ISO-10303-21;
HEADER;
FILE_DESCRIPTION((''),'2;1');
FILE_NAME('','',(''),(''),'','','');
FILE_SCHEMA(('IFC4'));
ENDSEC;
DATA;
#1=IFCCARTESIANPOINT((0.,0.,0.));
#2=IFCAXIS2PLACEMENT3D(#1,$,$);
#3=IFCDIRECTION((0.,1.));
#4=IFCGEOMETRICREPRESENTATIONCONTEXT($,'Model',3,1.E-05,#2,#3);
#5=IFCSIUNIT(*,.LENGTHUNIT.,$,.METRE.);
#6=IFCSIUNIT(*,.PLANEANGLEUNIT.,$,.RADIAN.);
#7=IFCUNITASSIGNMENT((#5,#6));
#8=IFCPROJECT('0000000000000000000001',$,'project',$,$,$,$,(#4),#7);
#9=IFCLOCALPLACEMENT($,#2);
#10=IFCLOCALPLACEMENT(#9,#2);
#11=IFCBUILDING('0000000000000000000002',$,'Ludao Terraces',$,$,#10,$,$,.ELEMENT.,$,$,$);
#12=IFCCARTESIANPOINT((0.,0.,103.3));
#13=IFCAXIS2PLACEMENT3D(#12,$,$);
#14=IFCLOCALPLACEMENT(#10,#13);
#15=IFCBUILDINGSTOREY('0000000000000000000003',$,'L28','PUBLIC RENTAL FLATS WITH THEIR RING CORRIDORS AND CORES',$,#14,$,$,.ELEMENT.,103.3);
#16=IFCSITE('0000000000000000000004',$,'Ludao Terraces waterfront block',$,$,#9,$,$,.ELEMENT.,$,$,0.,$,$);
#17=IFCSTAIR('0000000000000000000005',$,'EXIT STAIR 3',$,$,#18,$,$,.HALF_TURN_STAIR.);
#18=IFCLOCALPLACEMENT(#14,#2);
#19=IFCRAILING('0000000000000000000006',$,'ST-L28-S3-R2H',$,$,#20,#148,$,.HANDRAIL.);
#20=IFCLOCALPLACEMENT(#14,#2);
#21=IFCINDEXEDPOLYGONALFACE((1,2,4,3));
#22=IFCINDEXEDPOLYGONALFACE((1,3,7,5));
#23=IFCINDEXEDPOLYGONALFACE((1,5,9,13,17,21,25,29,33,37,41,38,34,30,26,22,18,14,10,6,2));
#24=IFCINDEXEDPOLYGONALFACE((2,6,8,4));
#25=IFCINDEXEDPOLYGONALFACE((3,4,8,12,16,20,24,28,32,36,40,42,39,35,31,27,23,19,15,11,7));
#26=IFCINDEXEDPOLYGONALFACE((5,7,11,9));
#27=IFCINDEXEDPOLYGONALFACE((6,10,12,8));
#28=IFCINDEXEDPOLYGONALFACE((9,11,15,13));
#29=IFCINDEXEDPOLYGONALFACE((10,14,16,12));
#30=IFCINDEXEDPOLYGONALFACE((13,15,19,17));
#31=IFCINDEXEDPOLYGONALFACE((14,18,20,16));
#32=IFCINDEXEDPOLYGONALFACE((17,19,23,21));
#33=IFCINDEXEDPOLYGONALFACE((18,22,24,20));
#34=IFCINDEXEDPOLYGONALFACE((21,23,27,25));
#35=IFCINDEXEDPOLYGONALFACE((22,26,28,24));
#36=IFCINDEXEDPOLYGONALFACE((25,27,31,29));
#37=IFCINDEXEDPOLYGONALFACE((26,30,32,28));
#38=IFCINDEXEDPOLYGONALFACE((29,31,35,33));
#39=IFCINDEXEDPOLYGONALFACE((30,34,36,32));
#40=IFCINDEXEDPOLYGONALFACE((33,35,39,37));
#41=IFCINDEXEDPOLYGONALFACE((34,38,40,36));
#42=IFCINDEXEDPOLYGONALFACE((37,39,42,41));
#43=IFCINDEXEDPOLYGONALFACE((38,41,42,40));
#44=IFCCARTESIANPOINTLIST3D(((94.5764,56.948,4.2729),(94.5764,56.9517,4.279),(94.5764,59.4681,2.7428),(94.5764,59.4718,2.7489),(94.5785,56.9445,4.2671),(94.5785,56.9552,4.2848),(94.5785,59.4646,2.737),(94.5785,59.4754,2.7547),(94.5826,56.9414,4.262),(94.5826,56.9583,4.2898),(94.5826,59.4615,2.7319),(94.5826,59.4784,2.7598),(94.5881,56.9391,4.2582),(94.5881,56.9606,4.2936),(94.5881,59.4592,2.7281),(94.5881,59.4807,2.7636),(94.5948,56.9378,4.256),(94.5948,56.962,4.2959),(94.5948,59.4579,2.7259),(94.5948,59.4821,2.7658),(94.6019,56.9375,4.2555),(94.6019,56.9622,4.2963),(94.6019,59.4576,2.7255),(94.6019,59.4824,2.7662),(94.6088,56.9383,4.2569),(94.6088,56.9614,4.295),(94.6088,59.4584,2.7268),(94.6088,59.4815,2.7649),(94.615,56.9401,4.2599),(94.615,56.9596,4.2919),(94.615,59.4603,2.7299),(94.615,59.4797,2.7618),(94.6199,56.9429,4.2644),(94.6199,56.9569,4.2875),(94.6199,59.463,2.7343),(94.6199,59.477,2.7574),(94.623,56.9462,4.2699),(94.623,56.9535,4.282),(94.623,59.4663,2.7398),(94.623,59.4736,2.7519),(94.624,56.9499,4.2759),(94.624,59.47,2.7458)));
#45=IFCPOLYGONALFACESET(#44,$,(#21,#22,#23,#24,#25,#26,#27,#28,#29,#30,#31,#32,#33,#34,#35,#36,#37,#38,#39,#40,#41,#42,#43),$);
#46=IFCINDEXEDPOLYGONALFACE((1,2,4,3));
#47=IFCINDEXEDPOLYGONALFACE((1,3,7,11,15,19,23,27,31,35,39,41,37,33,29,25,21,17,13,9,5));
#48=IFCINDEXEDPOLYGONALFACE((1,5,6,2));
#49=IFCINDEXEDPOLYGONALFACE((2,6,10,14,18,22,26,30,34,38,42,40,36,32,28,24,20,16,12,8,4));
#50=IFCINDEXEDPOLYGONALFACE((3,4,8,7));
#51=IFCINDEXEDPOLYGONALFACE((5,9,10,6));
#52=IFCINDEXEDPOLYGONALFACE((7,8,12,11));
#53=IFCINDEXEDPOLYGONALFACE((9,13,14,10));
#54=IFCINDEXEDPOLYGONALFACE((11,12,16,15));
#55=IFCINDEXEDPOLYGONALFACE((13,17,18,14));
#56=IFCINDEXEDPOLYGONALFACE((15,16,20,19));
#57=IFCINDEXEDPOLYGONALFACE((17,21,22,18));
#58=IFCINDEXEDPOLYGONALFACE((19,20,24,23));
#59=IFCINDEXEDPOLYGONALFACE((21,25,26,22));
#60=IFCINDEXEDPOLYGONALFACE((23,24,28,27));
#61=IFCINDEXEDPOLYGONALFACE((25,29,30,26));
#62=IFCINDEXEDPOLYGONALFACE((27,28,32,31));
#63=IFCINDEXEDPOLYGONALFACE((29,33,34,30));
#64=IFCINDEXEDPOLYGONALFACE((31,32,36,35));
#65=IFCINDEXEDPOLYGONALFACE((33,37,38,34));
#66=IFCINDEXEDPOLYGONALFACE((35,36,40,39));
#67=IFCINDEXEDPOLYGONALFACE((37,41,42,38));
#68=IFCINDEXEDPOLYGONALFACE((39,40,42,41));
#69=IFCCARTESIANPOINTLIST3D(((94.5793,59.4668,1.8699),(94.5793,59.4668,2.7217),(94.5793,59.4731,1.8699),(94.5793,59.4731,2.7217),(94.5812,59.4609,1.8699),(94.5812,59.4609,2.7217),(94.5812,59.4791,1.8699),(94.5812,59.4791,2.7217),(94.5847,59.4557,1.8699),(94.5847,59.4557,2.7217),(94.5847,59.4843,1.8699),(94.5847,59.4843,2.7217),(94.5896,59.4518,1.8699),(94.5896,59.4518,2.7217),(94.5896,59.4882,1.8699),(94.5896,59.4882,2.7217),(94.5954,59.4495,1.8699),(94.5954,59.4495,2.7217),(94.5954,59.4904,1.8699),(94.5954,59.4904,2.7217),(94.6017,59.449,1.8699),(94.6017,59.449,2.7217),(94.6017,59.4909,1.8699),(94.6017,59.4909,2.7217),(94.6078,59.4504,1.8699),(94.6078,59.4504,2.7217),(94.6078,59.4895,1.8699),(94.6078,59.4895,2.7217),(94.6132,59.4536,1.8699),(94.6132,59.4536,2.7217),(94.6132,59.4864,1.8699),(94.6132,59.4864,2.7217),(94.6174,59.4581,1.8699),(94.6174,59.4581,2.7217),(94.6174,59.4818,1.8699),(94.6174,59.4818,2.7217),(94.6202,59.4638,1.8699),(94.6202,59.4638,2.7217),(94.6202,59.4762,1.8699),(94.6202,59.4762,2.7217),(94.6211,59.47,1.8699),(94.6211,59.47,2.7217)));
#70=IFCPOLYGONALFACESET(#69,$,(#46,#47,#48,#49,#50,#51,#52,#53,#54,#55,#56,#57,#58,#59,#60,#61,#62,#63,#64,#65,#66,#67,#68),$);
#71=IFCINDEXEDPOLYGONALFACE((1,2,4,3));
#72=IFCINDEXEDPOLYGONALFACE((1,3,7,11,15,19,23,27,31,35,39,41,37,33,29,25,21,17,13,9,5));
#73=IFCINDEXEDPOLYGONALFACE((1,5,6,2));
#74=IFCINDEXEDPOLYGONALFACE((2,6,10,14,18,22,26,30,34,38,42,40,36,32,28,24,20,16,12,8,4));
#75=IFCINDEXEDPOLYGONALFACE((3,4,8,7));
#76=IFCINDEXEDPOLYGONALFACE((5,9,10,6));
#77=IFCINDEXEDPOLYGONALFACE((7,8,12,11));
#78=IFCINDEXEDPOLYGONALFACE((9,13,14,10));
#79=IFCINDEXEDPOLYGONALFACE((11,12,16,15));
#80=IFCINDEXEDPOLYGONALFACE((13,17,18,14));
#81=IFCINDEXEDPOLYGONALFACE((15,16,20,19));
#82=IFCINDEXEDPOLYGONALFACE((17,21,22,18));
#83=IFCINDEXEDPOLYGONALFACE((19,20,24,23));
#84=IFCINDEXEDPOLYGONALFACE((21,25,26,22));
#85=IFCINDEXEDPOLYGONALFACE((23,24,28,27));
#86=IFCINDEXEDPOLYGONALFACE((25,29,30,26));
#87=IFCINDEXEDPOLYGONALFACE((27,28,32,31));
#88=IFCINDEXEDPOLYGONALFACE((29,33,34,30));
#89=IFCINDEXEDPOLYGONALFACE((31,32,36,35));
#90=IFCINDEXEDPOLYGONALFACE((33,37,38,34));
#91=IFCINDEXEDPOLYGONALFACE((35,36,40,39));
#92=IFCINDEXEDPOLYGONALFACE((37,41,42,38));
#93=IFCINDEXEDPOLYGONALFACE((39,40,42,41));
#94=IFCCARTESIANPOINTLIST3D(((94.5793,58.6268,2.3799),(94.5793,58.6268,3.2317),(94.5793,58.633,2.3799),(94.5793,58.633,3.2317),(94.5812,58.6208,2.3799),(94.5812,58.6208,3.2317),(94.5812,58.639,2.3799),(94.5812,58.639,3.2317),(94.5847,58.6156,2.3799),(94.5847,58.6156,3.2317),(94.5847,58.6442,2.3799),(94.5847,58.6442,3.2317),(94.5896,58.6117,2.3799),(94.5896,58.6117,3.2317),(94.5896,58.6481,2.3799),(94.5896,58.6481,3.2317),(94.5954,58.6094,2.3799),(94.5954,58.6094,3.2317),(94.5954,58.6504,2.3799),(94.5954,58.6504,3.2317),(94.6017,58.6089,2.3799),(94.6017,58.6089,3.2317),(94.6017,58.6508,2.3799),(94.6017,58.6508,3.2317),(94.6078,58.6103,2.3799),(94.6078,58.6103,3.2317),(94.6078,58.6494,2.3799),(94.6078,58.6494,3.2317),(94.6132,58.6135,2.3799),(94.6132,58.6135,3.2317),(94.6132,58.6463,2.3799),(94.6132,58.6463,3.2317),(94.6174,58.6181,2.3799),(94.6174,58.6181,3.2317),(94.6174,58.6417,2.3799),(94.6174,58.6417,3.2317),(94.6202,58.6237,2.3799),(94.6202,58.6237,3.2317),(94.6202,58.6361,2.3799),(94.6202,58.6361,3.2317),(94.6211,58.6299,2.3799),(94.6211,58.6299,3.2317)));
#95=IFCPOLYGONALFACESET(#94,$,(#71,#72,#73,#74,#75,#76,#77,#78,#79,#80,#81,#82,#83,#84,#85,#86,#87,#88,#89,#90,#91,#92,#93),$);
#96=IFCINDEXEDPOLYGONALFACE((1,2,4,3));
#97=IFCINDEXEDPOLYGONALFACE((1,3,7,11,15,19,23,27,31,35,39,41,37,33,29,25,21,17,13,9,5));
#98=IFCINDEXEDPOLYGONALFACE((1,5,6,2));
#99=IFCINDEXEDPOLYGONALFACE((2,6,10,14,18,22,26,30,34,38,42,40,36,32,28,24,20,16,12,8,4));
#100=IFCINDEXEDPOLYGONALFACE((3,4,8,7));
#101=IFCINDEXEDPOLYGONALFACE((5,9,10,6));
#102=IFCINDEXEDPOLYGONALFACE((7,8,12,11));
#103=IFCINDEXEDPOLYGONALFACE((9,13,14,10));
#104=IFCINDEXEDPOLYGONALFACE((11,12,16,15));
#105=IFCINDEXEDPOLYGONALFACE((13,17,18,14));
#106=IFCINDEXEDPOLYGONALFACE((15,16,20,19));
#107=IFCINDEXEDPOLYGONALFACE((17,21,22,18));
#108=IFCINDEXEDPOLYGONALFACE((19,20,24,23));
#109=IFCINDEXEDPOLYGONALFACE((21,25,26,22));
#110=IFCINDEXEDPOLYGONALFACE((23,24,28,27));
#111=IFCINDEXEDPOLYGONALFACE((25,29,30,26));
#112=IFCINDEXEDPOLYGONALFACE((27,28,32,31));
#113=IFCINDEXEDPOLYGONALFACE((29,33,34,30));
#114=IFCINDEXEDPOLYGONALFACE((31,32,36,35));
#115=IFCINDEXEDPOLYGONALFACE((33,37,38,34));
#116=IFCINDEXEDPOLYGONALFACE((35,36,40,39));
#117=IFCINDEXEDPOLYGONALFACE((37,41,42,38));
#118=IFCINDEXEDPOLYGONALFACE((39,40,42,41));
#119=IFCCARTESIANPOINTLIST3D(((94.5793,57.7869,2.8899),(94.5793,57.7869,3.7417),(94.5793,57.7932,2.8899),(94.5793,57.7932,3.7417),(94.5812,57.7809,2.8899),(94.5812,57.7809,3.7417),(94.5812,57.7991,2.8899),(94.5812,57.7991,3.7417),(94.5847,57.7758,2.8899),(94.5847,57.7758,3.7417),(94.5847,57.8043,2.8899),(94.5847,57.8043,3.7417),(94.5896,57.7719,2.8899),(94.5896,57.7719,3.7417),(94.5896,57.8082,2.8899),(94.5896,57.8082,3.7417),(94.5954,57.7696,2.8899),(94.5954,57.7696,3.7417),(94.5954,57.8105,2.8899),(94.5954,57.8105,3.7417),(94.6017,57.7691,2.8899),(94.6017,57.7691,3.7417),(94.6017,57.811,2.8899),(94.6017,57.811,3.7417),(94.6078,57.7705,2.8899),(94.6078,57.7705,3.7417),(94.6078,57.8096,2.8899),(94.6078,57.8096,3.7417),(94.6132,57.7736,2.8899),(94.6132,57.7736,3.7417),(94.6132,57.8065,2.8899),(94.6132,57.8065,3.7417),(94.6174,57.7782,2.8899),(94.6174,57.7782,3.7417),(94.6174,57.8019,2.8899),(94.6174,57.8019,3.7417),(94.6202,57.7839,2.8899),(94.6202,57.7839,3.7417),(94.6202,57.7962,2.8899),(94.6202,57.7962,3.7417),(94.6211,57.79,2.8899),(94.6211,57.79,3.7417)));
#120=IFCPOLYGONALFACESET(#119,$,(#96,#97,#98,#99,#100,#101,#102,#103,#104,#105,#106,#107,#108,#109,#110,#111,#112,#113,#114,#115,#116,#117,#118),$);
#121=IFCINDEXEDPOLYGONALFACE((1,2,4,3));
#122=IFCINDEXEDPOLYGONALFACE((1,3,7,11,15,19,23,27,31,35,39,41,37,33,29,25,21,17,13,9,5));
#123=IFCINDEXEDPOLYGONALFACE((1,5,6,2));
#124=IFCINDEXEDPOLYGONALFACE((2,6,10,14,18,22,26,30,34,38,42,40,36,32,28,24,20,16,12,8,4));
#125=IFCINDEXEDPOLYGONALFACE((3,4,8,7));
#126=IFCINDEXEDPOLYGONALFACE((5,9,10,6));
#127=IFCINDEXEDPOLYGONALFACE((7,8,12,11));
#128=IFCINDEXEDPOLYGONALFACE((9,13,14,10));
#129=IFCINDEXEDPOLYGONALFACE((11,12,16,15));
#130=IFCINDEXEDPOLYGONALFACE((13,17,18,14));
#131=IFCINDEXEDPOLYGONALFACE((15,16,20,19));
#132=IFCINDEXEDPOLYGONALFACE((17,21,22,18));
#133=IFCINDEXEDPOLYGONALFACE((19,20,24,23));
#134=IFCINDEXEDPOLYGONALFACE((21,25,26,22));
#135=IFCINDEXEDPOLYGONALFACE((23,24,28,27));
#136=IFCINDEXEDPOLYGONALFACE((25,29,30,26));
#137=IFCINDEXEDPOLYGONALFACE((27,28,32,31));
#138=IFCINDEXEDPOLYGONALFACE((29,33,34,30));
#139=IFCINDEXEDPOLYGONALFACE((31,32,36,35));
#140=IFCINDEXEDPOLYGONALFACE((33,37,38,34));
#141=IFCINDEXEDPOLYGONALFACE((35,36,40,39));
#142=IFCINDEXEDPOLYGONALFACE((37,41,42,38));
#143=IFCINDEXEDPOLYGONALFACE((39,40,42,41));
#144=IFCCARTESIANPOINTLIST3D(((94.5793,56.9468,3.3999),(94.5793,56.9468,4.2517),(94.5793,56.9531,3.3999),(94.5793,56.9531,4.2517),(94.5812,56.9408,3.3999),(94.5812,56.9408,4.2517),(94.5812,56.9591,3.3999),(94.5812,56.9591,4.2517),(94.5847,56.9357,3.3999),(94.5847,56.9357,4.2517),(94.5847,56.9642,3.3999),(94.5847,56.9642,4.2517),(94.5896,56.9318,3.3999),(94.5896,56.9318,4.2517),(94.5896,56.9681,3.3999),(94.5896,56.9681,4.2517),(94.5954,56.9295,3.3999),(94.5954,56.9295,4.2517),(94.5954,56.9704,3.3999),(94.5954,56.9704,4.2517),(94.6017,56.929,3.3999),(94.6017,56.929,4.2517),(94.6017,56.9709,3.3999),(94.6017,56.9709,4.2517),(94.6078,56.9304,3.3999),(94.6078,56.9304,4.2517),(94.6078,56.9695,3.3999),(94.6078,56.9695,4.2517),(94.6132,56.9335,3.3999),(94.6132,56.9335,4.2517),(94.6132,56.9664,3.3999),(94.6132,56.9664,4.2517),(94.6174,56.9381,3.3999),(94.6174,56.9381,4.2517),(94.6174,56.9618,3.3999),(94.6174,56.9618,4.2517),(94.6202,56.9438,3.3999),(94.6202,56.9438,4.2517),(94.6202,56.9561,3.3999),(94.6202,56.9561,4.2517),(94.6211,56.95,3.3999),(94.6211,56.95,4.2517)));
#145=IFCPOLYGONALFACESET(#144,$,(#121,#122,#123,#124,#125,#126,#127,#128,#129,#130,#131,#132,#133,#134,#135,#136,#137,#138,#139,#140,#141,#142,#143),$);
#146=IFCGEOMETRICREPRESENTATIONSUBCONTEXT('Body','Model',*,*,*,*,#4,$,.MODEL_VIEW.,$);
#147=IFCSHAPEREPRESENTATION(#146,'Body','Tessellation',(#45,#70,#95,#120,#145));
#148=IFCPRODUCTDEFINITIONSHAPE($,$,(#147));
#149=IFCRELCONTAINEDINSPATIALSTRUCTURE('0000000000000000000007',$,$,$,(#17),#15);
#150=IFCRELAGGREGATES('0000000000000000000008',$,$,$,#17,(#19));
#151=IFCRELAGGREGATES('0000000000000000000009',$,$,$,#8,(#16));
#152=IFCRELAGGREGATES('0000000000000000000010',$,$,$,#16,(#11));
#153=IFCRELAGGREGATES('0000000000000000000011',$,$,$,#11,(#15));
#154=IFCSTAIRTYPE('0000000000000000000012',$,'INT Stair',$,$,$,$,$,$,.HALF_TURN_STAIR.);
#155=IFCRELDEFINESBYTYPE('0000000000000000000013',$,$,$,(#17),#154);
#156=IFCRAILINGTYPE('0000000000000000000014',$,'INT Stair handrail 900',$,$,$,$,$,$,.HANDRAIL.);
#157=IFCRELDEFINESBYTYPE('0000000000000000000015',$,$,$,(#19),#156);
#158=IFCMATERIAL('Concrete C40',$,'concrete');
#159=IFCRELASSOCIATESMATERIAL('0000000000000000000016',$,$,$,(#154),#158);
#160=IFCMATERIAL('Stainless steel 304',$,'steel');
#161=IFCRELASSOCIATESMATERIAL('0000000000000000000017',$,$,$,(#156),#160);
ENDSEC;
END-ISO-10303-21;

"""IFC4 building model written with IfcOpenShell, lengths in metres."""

from ifc_helpers import new_model, si_unit, direction, frame, origin, origin_2d, place, context, subcontext, project, spatial, circle, extrude, material, type_object, element, aggregate, save


model = new_model("IFC4")

# Units and contexts
model_context = context("Model", 3, precision=1e-05, world=origin(), true_north=direction((0.0, 1.0)))
body_context = subcontext(model_context, "Body", "Model", "MODEL_VIEW")
ifc_project = project(units=[si_unit("LENGTHUNIT", "METRE"), si_unit("PLANEANGLEUNIT", "RADIAN")], contexts=[model_context])

# Site, building, storey
site_placement = place(None, origin())
site = spatial("IfcSite", under=ifc_project, at=site_placement, Name="Ludao Terraces waterfront block", CompositionType="ELEMENT", RefElevation=0.0)
building_placement = place(site_placement, origin())
building = spatial("IfcBuilding", under=site, at=building_placement, Name="Ludao Terraces", CompositionType="ELEMENT")
storey_placement = place(building_placement, frame((0.0, 0.0, 103.3)))
storey = spatial("IfcBuildingStorey", under=building, at=storey_placement, Name="L28", Description="PUBLIC RENTAL FLATS WITH THEIR RING CORRIDORS AND CORES", CompositionType="ELEMENT", Elevation=103.3)

# Shared definitions
ifc_material_1 = material(Name="Concrete C40", Category="concrete")

# Stair, railing
stair_type = type_object("IfcStairType", Name="INT Stair", PredefinedType="HALF_TURN_STAIR", material=ifc_material_1)
stair_placement = place(storey_placement, origin())
stair = element("IfcStair", 1, at=stair_placement, inside=storey, type_object=stair_type, Name="EXIT STAIR 3", PredefinedType="HALF_TURN_STAIR")
ifc_material_2 = material(Name="Stainless steel 304", Category="steel")
railing_type_1 = type_object("IfcRailingType", Name="INT Stair handrail 900", PredefinedType="HANDRAIL", material=ifc_material_2)
railing_1_placement = place(storey_placement, frame((94.6001, 59.47, 1.8699)))
railing_1 = element("IfcRailing", 2, at=railing_1_placement, type_object=railing_type_1, Name="ST-L28-S3-R2H", PredefinedType="HANDRAIL", context=body_context, shape_type="SweptSolid", body=[
    extrude(circle(Radius=0.0239, at=origin_2d()), frame((0.0, 0.0, 0.876), z_axis=(0.0, -0.854785, 0.518982), x_axis=(1.0, 0.0, 0.0)), (0.0, 0.0, 1.0), 2.9482),
    extrude(circle(Radius=0.021, at=origin_2d()), origin(), (0.0, 0.0, 1.0), 0.8518),
    extrude(circle(Radius=0.021, at=origin_2d()), frame((0.0, -0.8401, 0.51)), (0.0, 0.0, 1.0), 0.8518),
    extrude(circle(Radius=0.021, at=origin_2d()), frame((0.0, -1.6799, 1.02)), (0.0, 0.0, 1.0), 0.8518),
    extrude(circle(Radius=0.021, at=origin_2d()), frame((0.0, -2.52, 1.53)), (0.0, 0.0, 1.0), 0.8518),
])
aggregate(stair, [railing_1])

save(model, "model.ifc")
